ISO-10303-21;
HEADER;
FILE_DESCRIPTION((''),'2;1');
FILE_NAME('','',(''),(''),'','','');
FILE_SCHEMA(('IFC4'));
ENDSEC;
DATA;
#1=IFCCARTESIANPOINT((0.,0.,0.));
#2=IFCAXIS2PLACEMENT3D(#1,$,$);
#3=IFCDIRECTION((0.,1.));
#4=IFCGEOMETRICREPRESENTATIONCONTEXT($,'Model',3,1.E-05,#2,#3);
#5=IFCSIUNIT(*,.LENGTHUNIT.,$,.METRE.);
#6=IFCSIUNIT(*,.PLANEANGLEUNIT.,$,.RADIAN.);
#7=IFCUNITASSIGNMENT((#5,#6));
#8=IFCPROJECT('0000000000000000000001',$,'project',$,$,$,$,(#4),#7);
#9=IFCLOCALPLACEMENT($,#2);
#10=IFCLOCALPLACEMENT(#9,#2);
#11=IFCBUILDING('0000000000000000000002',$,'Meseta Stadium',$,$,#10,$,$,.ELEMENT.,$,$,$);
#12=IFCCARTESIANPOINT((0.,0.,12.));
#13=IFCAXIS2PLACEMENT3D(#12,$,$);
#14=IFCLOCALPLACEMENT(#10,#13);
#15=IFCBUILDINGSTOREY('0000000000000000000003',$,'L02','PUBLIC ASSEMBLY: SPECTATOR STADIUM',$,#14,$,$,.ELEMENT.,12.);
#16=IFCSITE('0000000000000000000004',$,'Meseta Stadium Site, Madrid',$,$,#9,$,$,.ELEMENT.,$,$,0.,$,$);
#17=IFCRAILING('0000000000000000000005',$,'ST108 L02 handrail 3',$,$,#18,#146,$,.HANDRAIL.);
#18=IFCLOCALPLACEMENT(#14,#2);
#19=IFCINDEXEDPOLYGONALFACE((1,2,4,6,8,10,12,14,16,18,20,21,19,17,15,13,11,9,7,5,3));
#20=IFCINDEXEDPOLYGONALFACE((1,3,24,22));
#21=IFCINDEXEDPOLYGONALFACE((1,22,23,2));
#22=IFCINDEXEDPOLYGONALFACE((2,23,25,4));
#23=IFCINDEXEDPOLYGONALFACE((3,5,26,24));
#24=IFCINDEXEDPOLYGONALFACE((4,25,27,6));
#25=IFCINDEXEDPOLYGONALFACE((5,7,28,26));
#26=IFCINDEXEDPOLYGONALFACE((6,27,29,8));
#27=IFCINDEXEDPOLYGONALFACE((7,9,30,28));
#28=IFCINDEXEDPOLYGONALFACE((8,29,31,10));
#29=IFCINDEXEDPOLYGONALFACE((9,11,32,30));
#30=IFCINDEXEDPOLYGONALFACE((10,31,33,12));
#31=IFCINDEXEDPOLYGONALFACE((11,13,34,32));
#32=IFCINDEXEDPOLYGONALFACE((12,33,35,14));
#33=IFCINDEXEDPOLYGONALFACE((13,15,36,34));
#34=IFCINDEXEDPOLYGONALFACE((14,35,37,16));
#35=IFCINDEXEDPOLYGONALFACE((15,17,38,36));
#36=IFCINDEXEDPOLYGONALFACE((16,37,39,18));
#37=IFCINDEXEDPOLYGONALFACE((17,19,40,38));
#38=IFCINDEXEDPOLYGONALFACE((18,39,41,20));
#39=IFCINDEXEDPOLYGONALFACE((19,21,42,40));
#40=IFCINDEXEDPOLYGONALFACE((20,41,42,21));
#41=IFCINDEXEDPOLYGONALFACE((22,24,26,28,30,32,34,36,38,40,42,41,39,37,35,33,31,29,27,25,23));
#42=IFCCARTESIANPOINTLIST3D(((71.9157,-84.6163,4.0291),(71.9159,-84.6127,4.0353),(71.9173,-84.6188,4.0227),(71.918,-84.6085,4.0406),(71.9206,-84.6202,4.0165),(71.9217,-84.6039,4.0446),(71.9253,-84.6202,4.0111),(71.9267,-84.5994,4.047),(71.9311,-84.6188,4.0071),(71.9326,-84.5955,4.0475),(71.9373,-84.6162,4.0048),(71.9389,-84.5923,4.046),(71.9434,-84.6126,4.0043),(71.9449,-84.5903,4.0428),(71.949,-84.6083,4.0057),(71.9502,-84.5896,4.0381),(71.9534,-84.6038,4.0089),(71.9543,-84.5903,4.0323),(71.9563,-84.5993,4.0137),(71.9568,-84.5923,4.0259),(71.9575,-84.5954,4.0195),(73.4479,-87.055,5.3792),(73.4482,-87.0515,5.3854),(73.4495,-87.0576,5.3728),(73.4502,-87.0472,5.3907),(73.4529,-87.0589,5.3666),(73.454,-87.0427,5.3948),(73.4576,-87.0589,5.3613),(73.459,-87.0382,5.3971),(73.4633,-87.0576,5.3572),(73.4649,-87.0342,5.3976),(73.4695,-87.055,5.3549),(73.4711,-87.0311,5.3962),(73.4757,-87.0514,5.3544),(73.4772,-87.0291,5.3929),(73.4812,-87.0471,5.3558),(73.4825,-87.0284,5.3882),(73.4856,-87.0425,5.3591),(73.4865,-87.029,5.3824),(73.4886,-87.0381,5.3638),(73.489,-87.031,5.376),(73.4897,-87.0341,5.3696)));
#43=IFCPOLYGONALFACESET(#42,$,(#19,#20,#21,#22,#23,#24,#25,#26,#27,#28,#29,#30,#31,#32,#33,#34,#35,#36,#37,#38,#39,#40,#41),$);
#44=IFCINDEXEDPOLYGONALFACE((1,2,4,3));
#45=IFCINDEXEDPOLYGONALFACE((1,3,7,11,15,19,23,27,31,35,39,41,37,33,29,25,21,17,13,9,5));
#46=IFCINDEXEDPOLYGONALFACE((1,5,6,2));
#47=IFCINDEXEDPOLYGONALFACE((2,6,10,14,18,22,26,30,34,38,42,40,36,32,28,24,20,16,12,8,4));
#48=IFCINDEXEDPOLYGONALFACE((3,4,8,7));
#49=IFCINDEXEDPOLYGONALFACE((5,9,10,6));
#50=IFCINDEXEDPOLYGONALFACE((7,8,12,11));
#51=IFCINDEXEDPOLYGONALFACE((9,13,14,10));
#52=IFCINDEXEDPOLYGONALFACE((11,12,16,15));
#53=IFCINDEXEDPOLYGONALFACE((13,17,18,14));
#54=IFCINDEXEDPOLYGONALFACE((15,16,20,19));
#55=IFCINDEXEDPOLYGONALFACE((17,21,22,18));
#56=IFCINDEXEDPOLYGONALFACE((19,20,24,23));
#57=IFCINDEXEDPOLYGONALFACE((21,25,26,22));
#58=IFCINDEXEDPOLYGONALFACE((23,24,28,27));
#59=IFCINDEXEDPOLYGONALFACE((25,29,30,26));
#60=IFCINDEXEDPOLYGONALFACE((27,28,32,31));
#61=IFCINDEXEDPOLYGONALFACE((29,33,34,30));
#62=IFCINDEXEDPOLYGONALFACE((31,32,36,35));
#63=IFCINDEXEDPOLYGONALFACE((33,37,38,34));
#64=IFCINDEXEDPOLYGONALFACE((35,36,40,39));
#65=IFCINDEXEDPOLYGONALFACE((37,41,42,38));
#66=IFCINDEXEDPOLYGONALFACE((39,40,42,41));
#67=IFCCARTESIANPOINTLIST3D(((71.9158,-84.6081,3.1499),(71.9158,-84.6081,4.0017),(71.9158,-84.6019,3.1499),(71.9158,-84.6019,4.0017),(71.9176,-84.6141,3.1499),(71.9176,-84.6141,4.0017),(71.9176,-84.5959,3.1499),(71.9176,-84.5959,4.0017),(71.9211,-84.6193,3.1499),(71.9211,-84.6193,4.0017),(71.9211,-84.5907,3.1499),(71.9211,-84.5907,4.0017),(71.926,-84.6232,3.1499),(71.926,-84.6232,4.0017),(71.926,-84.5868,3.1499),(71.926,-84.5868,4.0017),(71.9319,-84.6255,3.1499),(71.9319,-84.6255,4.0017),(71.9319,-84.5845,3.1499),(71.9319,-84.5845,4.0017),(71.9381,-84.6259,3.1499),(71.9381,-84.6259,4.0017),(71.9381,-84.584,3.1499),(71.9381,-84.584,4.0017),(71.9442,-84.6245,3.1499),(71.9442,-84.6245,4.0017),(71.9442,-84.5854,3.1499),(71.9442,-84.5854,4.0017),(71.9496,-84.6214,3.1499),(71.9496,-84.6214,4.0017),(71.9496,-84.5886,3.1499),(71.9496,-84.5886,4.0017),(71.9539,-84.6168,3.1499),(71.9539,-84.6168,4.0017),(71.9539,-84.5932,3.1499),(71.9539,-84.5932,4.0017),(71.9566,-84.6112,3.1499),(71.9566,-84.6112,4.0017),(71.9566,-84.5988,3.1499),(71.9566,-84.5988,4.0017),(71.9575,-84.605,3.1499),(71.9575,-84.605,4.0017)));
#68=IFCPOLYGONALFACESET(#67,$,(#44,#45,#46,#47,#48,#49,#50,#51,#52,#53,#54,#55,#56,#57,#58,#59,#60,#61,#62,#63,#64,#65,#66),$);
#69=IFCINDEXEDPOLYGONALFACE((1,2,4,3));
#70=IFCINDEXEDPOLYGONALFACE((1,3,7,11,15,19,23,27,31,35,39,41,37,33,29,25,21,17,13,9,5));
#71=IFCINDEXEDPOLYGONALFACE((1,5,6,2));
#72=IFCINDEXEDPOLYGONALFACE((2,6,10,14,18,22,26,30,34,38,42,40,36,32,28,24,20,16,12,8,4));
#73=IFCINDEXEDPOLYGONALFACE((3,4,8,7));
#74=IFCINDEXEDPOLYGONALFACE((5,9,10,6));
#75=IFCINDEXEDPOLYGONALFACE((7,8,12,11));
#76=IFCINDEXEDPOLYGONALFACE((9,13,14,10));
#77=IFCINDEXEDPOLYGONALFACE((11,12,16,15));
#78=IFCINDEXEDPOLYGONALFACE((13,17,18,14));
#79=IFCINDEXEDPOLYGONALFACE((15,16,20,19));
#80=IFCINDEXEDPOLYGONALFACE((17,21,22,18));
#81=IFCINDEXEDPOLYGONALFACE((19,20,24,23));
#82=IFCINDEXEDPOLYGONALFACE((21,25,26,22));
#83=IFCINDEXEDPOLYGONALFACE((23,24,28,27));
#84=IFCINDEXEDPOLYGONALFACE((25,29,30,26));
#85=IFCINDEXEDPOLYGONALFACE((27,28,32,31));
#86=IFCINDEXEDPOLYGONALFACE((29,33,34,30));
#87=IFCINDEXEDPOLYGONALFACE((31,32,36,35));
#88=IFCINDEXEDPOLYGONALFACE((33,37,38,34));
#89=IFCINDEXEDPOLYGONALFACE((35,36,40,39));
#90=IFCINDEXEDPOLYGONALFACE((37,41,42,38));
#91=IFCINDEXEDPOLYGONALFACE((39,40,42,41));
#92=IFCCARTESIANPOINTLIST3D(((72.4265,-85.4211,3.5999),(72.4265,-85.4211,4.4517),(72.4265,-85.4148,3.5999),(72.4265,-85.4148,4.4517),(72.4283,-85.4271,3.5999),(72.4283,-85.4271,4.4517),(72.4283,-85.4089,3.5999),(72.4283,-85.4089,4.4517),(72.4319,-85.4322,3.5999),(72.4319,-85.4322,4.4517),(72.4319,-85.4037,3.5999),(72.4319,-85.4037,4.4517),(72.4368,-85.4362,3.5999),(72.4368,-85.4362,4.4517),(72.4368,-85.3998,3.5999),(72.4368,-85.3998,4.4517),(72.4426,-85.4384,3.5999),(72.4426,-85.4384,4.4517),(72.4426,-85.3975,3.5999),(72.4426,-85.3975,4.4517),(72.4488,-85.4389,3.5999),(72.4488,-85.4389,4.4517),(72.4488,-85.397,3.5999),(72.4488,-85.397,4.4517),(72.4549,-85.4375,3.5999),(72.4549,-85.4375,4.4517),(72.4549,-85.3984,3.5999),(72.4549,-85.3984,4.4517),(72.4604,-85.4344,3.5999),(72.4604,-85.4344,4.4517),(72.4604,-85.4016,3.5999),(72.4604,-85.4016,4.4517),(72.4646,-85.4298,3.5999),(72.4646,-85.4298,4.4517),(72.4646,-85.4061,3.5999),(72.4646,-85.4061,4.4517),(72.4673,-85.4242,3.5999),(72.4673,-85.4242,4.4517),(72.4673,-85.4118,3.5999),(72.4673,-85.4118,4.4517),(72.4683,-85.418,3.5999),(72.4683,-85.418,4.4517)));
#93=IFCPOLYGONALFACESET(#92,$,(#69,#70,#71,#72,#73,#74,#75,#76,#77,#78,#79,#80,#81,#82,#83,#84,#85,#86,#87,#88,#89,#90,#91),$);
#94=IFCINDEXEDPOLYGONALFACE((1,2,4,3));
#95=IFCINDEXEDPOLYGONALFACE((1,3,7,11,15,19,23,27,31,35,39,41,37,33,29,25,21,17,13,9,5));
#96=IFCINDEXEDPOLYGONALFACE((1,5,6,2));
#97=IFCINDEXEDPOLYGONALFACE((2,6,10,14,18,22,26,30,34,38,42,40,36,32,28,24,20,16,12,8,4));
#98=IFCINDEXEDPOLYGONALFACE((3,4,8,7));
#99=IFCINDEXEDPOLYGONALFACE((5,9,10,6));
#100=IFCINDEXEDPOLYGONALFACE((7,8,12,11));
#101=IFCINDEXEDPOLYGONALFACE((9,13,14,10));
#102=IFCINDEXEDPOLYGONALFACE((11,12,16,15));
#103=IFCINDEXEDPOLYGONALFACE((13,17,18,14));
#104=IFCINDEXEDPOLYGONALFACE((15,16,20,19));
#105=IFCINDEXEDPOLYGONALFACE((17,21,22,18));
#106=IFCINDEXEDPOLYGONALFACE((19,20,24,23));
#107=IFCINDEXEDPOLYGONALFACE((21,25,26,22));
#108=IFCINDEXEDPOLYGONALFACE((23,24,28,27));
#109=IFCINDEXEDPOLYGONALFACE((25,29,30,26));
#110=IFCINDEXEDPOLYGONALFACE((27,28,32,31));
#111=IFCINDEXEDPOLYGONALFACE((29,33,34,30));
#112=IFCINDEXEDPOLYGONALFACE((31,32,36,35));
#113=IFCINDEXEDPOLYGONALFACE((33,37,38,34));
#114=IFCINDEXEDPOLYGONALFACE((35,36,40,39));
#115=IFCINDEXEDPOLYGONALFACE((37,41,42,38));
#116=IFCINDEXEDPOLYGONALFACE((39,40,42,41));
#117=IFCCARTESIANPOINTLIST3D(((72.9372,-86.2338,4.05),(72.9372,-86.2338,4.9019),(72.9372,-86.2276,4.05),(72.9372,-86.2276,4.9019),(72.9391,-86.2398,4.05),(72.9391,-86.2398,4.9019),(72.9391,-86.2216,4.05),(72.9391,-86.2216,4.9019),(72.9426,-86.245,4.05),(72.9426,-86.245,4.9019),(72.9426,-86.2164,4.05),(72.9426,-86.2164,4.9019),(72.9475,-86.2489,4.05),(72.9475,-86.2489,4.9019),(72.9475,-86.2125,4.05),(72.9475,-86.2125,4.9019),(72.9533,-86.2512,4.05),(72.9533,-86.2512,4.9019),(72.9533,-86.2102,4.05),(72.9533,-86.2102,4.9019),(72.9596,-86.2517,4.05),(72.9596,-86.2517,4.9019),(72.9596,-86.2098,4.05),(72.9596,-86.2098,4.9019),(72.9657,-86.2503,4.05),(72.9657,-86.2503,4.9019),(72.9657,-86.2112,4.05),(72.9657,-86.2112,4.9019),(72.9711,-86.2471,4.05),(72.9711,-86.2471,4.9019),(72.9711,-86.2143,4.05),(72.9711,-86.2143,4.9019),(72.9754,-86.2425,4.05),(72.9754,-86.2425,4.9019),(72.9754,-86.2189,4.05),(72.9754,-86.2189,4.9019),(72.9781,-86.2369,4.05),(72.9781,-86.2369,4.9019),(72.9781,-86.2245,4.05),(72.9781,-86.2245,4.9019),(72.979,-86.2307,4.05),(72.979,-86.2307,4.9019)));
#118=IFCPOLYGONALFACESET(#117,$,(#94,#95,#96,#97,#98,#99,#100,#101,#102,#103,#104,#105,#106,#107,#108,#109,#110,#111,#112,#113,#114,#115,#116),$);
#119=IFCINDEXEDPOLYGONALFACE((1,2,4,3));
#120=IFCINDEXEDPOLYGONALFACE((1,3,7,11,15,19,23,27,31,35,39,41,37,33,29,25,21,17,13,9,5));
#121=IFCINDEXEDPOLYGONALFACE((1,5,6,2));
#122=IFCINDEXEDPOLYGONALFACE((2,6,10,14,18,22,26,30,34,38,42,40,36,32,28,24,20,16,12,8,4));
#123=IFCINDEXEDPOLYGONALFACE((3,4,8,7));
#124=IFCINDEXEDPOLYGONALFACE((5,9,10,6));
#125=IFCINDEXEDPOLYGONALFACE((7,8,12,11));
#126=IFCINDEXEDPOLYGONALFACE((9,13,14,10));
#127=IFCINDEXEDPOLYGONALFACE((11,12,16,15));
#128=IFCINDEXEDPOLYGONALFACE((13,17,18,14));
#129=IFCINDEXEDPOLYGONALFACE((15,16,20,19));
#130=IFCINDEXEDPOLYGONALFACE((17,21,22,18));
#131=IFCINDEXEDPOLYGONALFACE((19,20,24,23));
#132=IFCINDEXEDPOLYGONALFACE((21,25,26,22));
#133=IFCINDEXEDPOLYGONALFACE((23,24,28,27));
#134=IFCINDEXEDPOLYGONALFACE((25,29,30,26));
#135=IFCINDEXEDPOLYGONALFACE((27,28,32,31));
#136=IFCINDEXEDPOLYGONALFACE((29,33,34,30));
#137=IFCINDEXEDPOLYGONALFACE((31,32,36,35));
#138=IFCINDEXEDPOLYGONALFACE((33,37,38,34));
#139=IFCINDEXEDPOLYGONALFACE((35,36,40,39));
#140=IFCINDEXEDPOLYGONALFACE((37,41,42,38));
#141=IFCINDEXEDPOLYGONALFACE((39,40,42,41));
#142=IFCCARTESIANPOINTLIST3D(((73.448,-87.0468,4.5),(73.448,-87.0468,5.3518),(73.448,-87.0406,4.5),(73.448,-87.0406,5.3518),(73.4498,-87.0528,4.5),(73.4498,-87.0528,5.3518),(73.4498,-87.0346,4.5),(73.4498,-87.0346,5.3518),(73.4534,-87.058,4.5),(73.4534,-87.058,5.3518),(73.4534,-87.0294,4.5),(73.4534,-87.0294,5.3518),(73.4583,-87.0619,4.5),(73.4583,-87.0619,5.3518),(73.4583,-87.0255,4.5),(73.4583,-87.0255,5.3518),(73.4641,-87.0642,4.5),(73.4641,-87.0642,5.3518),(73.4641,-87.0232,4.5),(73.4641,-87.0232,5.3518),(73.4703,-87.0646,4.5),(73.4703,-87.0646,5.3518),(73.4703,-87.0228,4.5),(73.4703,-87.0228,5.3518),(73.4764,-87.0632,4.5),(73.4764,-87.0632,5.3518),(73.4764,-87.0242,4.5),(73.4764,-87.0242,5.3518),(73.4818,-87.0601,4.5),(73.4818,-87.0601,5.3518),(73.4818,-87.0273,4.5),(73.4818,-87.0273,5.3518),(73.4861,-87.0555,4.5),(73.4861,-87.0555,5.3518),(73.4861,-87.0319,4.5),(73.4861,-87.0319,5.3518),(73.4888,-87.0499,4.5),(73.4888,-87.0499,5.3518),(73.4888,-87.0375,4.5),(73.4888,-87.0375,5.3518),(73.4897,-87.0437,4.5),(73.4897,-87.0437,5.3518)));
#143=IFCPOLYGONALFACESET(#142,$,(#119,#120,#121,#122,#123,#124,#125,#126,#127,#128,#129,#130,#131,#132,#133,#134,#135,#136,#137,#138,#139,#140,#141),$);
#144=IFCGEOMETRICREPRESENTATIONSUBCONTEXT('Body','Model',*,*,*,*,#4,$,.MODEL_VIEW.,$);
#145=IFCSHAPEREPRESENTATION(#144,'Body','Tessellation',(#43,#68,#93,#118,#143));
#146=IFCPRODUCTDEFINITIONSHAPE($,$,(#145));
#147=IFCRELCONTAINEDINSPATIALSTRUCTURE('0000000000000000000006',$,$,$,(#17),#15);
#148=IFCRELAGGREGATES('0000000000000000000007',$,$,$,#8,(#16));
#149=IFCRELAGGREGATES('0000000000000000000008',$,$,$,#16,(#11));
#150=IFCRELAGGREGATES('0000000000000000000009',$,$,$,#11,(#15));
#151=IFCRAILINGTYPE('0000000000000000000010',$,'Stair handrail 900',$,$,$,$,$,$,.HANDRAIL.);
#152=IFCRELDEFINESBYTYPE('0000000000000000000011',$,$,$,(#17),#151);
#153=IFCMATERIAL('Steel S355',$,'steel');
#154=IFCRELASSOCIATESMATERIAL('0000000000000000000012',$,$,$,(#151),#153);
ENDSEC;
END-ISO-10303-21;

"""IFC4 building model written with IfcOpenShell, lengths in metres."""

from ifc_helpers import new_model, si_unit, direction, frame, origin, origin_2d, place, context, subcontext, project, spatial, circle, extrude, material, type_object, element, save


model = new_model("IFC4")

# Units and contexts
model_context = context("Model", 3, precision=1e-05, world=origin(), true_north=direction((0.0, 1.0)))
body_context = subcontext(model_context, "Body", "Model", "MODEL_VIEW")
ifc_project = project(units=[si_unit("LENGTHUNIT", "METRE"), si_unit("PLANEANGLEUNIT", "RADIAN")], contexts=[model_context])

# Site, building, storey
site_placement = place(None, origin())
site = spatial("IfcSite", under=ifc_project, at=site_placement, Name="Meseta Stadium Site, Madrid", CompositionType="ELEMENT", RefElevation=0.0)
building_placement = place(site_placement, origin())
building = spatial("IfcBuilding", under=site, at=building_placement, Name="Meseta Stadium", CompositionType="ELEMENT")
storey_placement = place(building_placement, frame((0.0, 0.0, 12.0)))
storey = spatial("IfcBuildingStorey", under=building, at=storey_placement, Name="L02", Description="PUBLIC ASSEMBLY: SPECTATOR STADIUM", CompositionType="ELEMENT", Elevation=12.0)

# Railing
ifc_material_1 = material(Name="Steel S355", Category="steel")
railing_type_1 = type_object("IfcRailingType", Name="Stair handrail 900", PredefinedType="HANDRAIL", material=ifc_material_1)
for number, where, name in (
    (1, (71.9365, -84.605, 3.1499), "ST108 L02 handrail 3"),
):
    element("IfcRailing", number, at=place(storey_placement, frame(where)), inside=storey, type_object=railing_type_1, Name=name, PredefinedType="HANDRAIL", context=body_context, shape_type="SweptSolid", body=[
        extrude(circle(Radius=0.0239, at=origin_2d()), frame((0.0, 0.0, 0.876), z_axis=(0.481703, -0.766687, 0.424445), x_axis=(0.846743, 0.532001, 0.0)), (0.0, 0.0, 1.0), 3.1809),
        extrude(circle(Radius=0.021, at=origin_2d()), origin(), (0.0, 0.0, 1.0), 0.8518),
        extrude(circle(Radius=0.021, at=origin_2d()), frame((0.5107, -0.813, 0.45)), (0.0, 0.0, 1.0), 0.8518),
        extrude(circle(Radius=0.021, at=origin_2d()), frame((1.0215, -1.6257, 0.9001)), (0.0, 0.0, 1.0), 0.8518),
        extrude(circle(Radius=0.021, at=origin_2d()), frame((1.5322, -2.4387, 1.3501)), (0.0, 0.0, 1.0), 0.8518),
    ])

save(model, "model.ifc")
